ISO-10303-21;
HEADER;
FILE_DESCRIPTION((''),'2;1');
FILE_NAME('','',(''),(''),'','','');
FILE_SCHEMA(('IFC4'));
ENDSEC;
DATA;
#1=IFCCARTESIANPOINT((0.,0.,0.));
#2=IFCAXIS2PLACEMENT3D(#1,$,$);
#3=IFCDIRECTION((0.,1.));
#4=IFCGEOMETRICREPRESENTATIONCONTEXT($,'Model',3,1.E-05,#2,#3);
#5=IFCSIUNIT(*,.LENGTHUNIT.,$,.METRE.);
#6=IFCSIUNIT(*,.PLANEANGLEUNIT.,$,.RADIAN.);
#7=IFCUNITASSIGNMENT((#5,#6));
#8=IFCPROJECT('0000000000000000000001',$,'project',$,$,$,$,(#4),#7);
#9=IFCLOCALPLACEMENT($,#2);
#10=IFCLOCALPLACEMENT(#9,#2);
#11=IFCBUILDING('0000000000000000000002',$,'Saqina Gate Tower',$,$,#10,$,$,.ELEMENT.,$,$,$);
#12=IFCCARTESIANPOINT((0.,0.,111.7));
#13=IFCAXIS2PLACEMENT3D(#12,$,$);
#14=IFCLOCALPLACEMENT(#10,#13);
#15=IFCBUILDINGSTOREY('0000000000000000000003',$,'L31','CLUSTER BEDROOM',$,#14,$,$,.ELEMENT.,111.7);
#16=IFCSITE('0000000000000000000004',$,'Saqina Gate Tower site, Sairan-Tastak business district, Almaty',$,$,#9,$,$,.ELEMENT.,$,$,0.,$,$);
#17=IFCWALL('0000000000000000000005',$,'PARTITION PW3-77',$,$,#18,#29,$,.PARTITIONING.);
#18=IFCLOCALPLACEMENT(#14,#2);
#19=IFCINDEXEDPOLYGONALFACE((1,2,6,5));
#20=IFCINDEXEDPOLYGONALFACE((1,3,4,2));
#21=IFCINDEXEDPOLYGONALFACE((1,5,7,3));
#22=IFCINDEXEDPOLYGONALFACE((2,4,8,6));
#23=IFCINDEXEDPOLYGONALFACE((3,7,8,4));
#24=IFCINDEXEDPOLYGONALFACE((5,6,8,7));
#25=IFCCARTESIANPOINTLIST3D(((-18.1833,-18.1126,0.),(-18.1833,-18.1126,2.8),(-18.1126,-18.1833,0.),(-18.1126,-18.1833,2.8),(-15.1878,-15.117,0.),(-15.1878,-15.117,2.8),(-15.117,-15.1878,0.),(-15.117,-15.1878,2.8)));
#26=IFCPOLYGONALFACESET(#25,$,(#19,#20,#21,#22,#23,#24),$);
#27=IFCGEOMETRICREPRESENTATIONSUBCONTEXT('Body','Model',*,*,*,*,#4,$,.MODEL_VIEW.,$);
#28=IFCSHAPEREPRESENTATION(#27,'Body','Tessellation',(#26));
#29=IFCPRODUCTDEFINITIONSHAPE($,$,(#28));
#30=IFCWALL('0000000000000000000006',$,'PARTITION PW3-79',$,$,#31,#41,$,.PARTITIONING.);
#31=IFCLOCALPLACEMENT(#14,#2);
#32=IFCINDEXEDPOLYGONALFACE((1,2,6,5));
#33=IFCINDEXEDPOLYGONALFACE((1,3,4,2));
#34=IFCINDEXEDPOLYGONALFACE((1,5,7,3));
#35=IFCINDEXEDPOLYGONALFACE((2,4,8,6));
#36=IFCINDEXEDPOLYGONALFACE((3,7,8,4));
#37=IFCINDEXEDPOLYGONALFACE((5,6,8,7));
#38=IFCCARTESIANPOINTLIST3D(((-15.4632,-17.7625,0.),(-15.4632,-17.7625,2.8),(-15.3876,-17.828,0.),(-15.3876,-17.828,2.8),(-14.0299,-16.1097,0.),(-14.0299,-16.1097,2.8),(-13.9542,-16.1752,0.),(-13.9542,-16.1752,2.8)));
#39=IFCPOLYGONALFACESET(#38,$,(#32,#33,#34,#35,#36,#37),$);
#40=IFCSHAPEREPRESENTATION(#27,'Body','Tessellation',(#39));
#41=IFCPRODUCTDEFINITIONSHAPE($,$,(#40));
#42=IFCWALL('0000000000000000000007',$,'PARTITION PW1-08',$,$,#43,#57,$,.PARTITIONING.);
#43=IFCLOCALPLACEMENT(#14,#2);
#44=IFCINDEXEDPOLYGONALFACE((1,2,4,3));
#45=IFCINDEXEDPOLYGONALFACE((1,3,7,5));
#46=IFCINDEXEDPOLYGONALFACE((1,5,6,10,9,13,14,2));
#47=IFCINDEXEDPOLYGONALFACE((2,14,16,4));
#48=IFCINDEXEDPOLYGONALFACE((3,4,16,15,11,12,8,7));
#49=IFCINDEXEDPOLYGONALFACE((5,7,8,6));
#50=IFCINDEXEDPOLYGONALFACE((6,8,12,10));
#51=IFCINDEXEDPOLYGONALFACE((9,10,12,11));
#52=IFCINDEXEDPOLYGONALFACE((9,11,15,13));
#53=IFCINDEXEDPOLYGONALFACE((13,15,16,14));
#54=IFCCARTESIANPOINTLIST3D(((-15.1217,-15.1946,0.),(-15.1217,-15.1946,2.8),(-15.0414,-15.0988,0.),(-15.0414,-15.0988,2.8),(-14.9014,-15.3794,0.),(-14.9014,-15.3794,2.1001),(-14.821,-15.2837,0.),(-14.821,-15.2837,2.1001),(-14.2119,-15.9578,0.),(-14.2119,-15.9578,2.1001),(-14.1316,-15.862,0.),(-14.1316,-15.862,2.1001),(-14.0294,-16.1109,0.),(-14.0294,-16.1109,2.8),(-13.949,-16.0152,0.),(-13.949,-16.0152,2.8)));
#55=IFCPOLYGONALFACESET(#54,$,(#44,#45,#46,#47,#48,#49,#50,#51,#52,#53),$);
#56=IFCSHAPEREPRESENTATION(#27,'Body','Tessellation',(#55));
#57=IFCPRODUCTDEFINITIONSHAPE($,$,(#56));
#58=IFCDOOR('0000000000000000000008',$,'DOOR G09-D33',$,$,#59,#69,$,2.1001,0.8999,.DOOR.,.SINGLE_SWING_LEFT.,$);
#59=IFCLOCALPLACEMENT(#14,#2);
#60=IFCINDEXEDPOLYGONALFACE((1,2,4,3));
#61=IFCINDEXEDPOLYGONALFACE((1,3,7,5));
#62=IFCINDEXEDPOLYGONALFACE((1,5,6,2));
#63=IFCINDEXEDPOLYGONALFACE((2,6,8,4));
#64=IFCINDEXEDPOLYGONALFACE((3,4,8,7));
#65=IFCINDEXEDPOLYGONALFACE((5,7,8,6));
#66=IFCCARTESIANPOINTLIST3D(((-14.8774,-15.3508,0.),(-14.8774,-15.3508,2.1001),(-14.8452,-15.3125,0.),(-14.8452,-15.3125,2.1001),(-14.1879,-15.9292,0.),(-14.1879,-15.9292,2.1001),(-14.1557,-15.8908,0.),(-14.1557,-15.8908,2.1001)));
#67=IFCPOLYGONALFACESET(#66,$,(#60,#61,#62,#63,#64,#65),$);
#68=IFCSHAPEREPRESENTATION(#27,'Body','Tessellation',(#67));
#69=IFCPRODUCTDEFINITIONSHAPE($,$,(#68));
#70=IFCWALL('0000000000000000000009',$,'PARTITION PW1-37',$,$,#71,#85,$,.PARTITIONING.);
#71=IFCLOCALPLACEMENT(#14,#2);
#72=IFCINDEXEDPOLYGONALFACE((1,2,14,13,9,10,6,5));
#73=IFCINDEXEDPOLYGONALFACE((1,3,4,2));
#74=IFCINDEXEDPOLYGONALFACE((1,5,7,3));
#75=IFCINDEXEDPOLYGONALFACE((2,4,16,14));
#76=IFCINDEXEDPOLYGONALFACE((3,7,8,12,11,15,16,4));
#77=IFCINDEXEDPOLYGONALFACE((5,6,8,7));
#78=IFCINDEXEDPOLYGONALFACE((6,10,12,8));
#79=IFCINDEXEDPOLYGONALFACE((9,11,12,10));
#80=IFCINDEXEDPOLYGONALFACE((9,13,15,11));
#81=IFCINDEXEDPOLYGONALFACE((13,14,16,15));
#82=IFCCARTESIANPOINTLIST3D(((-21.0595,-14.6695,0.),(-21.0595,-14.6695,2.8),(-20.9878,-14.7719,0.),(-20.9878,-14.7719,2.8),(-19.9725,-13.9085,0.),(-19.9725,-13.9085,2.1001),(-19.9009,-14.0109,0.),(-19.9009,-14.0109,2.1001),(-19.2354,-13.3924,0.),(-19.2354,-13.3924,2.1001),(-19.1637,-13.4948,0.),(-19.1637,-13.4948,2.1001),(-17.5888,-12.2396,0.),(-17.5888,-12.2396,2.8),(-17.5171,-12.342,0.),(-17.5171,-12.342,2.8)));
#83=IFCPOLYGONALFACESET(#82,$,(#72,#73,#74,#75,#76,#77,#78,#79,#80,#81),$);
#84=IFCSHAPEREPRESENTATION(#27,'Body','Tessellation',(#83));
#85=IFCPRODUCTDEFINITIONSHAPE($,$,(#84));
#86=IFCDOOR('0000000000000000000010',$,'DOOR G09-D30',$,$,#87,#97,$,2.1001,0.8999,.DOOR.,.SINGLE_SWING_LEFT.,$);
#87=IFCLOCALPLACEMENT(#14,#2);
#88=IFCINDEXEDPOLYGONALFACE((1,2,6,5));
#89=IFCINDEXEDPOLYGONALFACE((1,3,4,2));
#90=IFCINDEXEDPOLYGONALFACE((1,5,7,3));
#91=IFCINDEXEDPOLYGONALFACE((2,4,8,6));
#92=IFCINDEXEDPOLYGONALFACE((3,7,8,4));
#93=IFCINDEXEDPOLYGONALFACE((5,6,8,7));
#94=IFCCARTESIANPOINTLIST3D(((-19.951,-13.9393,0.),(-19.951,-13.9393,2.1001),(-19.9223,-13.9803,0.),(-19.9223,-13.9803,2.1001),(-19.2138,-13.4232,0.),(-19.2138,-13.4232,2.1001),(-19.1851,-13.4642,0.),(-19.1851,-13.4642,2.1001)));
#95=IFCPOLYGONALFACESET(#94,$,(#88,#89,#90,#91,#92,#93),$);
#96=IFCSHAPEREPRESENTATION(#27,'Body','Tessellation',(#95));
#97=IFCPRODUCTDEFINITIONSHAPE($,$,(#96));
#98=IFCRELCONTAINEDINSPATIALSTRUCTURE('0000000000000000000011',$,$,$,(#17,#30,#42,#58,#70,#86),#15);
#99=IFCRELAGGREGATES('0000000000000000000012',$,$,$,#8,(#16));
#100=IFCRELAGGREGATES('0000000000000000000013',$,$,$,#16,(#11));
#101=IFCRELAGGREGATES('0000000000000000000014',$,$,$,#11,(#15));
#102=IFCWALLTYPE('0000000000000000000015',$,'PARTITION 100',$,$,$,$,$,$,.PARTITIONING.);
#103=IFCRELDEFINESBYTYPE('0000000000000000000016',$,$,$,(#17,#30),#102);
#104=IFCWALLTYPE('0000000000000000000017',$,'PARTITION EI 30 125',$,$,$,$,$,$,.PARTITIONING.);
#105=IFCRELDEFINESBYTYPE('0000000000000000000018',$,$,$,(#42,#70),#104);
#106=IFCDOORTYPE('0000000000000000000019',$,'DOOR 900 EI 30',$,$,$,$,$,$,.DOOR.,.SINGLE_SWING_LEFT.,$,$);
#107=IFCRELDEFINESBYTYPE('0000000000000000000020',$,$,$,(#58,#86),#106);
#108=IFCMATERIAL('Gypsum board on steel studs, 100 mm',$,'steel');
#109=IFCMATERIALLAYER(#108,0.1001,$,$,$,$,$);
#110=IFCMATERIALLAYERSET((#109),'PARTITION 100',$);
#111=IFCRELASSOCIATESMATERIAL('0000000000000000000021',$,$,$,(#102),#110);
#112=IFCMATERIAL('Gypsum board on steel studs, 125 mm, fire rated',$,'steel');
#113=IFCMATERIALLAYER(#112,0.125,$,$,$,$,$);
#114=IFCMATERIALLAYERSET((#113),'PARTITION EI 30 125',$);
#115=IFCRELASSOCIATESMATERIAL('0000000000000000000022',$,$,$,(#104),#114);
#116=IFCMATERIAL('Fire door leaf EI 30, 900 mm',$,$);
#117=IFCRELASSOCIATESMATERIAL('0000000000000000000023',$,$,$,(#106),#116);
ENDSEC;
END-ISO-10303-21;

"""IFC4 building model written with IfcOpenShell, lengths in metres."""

from ifc_helpers import new_model, si_unit, direction, frame, frame_2d, origin, place, context, subcontext, project, spatial, rectangle, extrude, material, layer, layer_set, type_object, element, fill, save


model = new_model("IFC4")

# Units and contexts
model_context = context("Model", 3, precision=1e-05, world=origin(), true_north=direction((0.0, 1.0)))
body_context = subcontext(model_context, "Body", "Model", "MODEL_VIEW")
ifc_project = project(units=[si_unit("LENGTHUNIT", "METRE"), si_unit("PLANEANGLEUNIT", "RADIAN")], contexts=[model_context])

# Site, building, storey
site_placement = place(None, origin())
site = spatial("IfcSite", under=ifc_project, at=site_placement, Name="Saqina Gate Tower site, Sairan-Tastak business district, Almaty", CompositionType="ELEMENT", RefElevation=0.0)
building_placement = place(site_placement, origin())
building = spatial("IfcBuilding", under=site, at=building_placement, Name="Saqina Gate Tower", CompositionType="ELEMENT")
storey_placement = place(building_placement, frame((0.0, 0.0, 111.7)))
storey = spatial("IfcBuildingStorey", under=building, at=storey_placement, Name="L31", Description="CLUSTER BEDROOM", CompositionType="ELEMENT", Elevation=111.7)

# Shared definitions
ifc_material_1 = material(Name="Gypsum board on steel studs, 100 mm", Category="steel")
ifc_layer_1 = layer(ifc_material_1, 0.1001)
ifc_layer_set_1 = layer_set([ifc_layer_1], Name="PARTITION 100")
wall_type_1 = type_object("IfcWallType", Name="PARTITION 100", PredefinedType="PARTITIONING", material=ifc_layer_set_1)

# Walls
wall_1_placement = place(storey_placement, frame((-18.1479, -18.1479, 0.0), z_axis=(0.0, 0.0, 1.0), x_axis=(0.707107, 0.707107, 0.0)))
element("IfcWall", 1, at=wall_1_placement, inside=storey, type_object=wall_type_1, Name="PARTITION PW3-77", PredefinedType="PARTITIONING", context=body_context, shape_type="SweptSolid", body=[
    extrude(rectangle(XDim=4.2363, YDim=0.1001, at=frame_2d((2.1182, 0.0))), origin(), (0.0, 0.0, 1.0), 2.8),
])
wall_2_placement = place(storey_placement, frame((-15.4253, -17.7952, 0.0), z_axis=(0.0, 0.0, 1.0), x_axis=(0.655164, 0.755487, 0.0)))
element("IfcWall", 2, at=wall_2_placement, inside=storey, type_object=wall_type_1, Name="PARTITION PW3-79", PredefinedType="PARTITIONING", context=body_context, shape_type="SweptSolid", body=[
    extrude(rectangle(XDim=2.1877, YDim=0.1001, at=frame_2d((1.0938, 0.0))), origin(), (0.0, 0.0, 1.0), 2.8),
])

# Walls, openings, doors
ifc_material_2 = material(Name="Gypsum board on steel studs, 125 mm, fire rated", Category="steel")
ifc_layer_2 = layer(ifc_material_2, 0.125)
ifc_layer_set_2 = layer_set([ifc_layer_2], Name="PARTITION EI 30 125")
wall_type_2 = type_object("IfcWallType", Name="PARTITION EI 30 125", PredefinedType="PARTITIONING", material=ifc_layer_set_2)
wall_3_placement = place(storey_placement, frame((-15.0815, -15.1467, 0.0), z_axis=(0.0, 0.0, 1.0), x_axis=(0.76614, -0.642674, 0.0)))
wall_3 = element("IfcWall", 3, at=wall_3_placement, inside=storey, type_object=wall_type_2, Name="PARTITION PW1-08", PredefinedType="PARTITIONING", context=body_context, shape_type="SweptSolid", body=[
    extrude(rectangle(XDim=1.4258, YDim=0.125, at=frame_2d((0.7129, 0.0))), origin(), (0.0, 0.0, 1.0), 2.8),
])
opening_1_placement = place(wall_3_placement, frame((0.2876, 0.0, 0.0)))
opening_1 = element("IfcOpeningElement", 4, at=opening_1_placement, cuts=wall_3, PredefinedType="OPENING", context=body_context, shape_type="SweptSolid", body=[
    extrude(rectangle(XDim=0.8999, YDim=2.1001, at=frame_2d((0.45, 1.05))), frame((0.0, 0.0745, 0.0), z_axis=(0.0, -1.0, 0.0), x_axis=(1.0, 0.0, 0.0)), (0.0, 0.0, 1.0), 0.1489),
])
ifc_material_3 = material(Name="Fire door leaf EI 30, 900 mm")
door_type_1 = type_object("IfcDoorType", Name="DOOR 900 EI 30", OperationType="SINGLE_SWING_LEFT", PredefinedType="DOOR", material=ifc_material_3)
door_1_placement = place(opening_1_placement, origin())
door_1 = element("IfcDoor", 5, at=door_1_placement, inside=storey, type_object=door_type_1, Name="DOOR G09-D33", OperationType="SINGLE_SWING_LEFT", OverallHeight=2.1001, OverallWidth=0.8999, PredefinedType="DOOR", context=body_context, shape_type="SweptSolid", body=[
    extrude(rectangle(XDim=0.8999, YDim=2.1001, at=frame_2d((0.45, 1.05))), frame((0.0, 0.0249, 0.0), z_axis=(0.0, -1.0, 0.0), x_axis=(1.0, 0.0, 0.0)), (0.0, 0.0, 1.0), 0.05),
])
fill(opening_1, door_1)
wall_4_placement = place(storey_placement, frame((-21.0237, -14.7207, 0.0), z_axis=(0.0, 0.0, 1.0), x_axis=(0.819183, 0.573532, 0.0)))
wall_4 = element("IfcWall", 6, at=wall_4_placement, inside=storey, type_object=wall_type_2, Name="PARTITION PW1-37", PredefinedType="PARTITIONING", context=body_context, shape_type="SweptSolid", body=[
    extrude(rectangle(XDim=4.2368, YDim=0.125, at=frame_2d((2.1184, 0.0))), origin(), (0.0, 0.0, 1.0), 2.8),
])
opening_2_placement = place(wall_4_placement, frame((1.3269, 0.0, 0.0)))
opening_2 = element("IfcOpeningElement", 7, at=opening_2_placement, cuts=wall_4, PredefinedType="OPENING", context=body_context, shape_type="SweptSolid", body=[
    extrude(rectangle(XDim=0.8999, YDim=2.1001, at=frame_2d((0.45, 1.05))), frame((0.0, 0.0745, 0.0), z_axis=(0.0, -1.0, 0.0), x_axis=(1.0, 0.0, 0.0)), (0.0, 0.0, 1.0), 0.1489),
])
door_2_placement = place(opening_2_placement, origin())
door_2 = element("IfcDoor", 8, at=door_2_placement, inside=storey, type_object=door_type_1, Name="DOOR G09-D30", OperationType="SINGLE_SWING_LEFT", OverallHeight=2.1001, OverallWidth=0.8999, PredefinedType="DOOR", context=body_context, shape_type="SweptSolid", body=[
    extrude(rectangle(XDim=0.8999, YDim=2.1001, at=frame_2d((0.45, 1.05))), frame((0.0, 0.0249, 0.0), z_axis=(0.0, -1.0, 0.0), x_axis=(1.0, 0.0, 0.0)), (0.0, 0.0, 1.0), 0.05),
])
fill(opening_2, door_2)

save(model, "model.ifc")
